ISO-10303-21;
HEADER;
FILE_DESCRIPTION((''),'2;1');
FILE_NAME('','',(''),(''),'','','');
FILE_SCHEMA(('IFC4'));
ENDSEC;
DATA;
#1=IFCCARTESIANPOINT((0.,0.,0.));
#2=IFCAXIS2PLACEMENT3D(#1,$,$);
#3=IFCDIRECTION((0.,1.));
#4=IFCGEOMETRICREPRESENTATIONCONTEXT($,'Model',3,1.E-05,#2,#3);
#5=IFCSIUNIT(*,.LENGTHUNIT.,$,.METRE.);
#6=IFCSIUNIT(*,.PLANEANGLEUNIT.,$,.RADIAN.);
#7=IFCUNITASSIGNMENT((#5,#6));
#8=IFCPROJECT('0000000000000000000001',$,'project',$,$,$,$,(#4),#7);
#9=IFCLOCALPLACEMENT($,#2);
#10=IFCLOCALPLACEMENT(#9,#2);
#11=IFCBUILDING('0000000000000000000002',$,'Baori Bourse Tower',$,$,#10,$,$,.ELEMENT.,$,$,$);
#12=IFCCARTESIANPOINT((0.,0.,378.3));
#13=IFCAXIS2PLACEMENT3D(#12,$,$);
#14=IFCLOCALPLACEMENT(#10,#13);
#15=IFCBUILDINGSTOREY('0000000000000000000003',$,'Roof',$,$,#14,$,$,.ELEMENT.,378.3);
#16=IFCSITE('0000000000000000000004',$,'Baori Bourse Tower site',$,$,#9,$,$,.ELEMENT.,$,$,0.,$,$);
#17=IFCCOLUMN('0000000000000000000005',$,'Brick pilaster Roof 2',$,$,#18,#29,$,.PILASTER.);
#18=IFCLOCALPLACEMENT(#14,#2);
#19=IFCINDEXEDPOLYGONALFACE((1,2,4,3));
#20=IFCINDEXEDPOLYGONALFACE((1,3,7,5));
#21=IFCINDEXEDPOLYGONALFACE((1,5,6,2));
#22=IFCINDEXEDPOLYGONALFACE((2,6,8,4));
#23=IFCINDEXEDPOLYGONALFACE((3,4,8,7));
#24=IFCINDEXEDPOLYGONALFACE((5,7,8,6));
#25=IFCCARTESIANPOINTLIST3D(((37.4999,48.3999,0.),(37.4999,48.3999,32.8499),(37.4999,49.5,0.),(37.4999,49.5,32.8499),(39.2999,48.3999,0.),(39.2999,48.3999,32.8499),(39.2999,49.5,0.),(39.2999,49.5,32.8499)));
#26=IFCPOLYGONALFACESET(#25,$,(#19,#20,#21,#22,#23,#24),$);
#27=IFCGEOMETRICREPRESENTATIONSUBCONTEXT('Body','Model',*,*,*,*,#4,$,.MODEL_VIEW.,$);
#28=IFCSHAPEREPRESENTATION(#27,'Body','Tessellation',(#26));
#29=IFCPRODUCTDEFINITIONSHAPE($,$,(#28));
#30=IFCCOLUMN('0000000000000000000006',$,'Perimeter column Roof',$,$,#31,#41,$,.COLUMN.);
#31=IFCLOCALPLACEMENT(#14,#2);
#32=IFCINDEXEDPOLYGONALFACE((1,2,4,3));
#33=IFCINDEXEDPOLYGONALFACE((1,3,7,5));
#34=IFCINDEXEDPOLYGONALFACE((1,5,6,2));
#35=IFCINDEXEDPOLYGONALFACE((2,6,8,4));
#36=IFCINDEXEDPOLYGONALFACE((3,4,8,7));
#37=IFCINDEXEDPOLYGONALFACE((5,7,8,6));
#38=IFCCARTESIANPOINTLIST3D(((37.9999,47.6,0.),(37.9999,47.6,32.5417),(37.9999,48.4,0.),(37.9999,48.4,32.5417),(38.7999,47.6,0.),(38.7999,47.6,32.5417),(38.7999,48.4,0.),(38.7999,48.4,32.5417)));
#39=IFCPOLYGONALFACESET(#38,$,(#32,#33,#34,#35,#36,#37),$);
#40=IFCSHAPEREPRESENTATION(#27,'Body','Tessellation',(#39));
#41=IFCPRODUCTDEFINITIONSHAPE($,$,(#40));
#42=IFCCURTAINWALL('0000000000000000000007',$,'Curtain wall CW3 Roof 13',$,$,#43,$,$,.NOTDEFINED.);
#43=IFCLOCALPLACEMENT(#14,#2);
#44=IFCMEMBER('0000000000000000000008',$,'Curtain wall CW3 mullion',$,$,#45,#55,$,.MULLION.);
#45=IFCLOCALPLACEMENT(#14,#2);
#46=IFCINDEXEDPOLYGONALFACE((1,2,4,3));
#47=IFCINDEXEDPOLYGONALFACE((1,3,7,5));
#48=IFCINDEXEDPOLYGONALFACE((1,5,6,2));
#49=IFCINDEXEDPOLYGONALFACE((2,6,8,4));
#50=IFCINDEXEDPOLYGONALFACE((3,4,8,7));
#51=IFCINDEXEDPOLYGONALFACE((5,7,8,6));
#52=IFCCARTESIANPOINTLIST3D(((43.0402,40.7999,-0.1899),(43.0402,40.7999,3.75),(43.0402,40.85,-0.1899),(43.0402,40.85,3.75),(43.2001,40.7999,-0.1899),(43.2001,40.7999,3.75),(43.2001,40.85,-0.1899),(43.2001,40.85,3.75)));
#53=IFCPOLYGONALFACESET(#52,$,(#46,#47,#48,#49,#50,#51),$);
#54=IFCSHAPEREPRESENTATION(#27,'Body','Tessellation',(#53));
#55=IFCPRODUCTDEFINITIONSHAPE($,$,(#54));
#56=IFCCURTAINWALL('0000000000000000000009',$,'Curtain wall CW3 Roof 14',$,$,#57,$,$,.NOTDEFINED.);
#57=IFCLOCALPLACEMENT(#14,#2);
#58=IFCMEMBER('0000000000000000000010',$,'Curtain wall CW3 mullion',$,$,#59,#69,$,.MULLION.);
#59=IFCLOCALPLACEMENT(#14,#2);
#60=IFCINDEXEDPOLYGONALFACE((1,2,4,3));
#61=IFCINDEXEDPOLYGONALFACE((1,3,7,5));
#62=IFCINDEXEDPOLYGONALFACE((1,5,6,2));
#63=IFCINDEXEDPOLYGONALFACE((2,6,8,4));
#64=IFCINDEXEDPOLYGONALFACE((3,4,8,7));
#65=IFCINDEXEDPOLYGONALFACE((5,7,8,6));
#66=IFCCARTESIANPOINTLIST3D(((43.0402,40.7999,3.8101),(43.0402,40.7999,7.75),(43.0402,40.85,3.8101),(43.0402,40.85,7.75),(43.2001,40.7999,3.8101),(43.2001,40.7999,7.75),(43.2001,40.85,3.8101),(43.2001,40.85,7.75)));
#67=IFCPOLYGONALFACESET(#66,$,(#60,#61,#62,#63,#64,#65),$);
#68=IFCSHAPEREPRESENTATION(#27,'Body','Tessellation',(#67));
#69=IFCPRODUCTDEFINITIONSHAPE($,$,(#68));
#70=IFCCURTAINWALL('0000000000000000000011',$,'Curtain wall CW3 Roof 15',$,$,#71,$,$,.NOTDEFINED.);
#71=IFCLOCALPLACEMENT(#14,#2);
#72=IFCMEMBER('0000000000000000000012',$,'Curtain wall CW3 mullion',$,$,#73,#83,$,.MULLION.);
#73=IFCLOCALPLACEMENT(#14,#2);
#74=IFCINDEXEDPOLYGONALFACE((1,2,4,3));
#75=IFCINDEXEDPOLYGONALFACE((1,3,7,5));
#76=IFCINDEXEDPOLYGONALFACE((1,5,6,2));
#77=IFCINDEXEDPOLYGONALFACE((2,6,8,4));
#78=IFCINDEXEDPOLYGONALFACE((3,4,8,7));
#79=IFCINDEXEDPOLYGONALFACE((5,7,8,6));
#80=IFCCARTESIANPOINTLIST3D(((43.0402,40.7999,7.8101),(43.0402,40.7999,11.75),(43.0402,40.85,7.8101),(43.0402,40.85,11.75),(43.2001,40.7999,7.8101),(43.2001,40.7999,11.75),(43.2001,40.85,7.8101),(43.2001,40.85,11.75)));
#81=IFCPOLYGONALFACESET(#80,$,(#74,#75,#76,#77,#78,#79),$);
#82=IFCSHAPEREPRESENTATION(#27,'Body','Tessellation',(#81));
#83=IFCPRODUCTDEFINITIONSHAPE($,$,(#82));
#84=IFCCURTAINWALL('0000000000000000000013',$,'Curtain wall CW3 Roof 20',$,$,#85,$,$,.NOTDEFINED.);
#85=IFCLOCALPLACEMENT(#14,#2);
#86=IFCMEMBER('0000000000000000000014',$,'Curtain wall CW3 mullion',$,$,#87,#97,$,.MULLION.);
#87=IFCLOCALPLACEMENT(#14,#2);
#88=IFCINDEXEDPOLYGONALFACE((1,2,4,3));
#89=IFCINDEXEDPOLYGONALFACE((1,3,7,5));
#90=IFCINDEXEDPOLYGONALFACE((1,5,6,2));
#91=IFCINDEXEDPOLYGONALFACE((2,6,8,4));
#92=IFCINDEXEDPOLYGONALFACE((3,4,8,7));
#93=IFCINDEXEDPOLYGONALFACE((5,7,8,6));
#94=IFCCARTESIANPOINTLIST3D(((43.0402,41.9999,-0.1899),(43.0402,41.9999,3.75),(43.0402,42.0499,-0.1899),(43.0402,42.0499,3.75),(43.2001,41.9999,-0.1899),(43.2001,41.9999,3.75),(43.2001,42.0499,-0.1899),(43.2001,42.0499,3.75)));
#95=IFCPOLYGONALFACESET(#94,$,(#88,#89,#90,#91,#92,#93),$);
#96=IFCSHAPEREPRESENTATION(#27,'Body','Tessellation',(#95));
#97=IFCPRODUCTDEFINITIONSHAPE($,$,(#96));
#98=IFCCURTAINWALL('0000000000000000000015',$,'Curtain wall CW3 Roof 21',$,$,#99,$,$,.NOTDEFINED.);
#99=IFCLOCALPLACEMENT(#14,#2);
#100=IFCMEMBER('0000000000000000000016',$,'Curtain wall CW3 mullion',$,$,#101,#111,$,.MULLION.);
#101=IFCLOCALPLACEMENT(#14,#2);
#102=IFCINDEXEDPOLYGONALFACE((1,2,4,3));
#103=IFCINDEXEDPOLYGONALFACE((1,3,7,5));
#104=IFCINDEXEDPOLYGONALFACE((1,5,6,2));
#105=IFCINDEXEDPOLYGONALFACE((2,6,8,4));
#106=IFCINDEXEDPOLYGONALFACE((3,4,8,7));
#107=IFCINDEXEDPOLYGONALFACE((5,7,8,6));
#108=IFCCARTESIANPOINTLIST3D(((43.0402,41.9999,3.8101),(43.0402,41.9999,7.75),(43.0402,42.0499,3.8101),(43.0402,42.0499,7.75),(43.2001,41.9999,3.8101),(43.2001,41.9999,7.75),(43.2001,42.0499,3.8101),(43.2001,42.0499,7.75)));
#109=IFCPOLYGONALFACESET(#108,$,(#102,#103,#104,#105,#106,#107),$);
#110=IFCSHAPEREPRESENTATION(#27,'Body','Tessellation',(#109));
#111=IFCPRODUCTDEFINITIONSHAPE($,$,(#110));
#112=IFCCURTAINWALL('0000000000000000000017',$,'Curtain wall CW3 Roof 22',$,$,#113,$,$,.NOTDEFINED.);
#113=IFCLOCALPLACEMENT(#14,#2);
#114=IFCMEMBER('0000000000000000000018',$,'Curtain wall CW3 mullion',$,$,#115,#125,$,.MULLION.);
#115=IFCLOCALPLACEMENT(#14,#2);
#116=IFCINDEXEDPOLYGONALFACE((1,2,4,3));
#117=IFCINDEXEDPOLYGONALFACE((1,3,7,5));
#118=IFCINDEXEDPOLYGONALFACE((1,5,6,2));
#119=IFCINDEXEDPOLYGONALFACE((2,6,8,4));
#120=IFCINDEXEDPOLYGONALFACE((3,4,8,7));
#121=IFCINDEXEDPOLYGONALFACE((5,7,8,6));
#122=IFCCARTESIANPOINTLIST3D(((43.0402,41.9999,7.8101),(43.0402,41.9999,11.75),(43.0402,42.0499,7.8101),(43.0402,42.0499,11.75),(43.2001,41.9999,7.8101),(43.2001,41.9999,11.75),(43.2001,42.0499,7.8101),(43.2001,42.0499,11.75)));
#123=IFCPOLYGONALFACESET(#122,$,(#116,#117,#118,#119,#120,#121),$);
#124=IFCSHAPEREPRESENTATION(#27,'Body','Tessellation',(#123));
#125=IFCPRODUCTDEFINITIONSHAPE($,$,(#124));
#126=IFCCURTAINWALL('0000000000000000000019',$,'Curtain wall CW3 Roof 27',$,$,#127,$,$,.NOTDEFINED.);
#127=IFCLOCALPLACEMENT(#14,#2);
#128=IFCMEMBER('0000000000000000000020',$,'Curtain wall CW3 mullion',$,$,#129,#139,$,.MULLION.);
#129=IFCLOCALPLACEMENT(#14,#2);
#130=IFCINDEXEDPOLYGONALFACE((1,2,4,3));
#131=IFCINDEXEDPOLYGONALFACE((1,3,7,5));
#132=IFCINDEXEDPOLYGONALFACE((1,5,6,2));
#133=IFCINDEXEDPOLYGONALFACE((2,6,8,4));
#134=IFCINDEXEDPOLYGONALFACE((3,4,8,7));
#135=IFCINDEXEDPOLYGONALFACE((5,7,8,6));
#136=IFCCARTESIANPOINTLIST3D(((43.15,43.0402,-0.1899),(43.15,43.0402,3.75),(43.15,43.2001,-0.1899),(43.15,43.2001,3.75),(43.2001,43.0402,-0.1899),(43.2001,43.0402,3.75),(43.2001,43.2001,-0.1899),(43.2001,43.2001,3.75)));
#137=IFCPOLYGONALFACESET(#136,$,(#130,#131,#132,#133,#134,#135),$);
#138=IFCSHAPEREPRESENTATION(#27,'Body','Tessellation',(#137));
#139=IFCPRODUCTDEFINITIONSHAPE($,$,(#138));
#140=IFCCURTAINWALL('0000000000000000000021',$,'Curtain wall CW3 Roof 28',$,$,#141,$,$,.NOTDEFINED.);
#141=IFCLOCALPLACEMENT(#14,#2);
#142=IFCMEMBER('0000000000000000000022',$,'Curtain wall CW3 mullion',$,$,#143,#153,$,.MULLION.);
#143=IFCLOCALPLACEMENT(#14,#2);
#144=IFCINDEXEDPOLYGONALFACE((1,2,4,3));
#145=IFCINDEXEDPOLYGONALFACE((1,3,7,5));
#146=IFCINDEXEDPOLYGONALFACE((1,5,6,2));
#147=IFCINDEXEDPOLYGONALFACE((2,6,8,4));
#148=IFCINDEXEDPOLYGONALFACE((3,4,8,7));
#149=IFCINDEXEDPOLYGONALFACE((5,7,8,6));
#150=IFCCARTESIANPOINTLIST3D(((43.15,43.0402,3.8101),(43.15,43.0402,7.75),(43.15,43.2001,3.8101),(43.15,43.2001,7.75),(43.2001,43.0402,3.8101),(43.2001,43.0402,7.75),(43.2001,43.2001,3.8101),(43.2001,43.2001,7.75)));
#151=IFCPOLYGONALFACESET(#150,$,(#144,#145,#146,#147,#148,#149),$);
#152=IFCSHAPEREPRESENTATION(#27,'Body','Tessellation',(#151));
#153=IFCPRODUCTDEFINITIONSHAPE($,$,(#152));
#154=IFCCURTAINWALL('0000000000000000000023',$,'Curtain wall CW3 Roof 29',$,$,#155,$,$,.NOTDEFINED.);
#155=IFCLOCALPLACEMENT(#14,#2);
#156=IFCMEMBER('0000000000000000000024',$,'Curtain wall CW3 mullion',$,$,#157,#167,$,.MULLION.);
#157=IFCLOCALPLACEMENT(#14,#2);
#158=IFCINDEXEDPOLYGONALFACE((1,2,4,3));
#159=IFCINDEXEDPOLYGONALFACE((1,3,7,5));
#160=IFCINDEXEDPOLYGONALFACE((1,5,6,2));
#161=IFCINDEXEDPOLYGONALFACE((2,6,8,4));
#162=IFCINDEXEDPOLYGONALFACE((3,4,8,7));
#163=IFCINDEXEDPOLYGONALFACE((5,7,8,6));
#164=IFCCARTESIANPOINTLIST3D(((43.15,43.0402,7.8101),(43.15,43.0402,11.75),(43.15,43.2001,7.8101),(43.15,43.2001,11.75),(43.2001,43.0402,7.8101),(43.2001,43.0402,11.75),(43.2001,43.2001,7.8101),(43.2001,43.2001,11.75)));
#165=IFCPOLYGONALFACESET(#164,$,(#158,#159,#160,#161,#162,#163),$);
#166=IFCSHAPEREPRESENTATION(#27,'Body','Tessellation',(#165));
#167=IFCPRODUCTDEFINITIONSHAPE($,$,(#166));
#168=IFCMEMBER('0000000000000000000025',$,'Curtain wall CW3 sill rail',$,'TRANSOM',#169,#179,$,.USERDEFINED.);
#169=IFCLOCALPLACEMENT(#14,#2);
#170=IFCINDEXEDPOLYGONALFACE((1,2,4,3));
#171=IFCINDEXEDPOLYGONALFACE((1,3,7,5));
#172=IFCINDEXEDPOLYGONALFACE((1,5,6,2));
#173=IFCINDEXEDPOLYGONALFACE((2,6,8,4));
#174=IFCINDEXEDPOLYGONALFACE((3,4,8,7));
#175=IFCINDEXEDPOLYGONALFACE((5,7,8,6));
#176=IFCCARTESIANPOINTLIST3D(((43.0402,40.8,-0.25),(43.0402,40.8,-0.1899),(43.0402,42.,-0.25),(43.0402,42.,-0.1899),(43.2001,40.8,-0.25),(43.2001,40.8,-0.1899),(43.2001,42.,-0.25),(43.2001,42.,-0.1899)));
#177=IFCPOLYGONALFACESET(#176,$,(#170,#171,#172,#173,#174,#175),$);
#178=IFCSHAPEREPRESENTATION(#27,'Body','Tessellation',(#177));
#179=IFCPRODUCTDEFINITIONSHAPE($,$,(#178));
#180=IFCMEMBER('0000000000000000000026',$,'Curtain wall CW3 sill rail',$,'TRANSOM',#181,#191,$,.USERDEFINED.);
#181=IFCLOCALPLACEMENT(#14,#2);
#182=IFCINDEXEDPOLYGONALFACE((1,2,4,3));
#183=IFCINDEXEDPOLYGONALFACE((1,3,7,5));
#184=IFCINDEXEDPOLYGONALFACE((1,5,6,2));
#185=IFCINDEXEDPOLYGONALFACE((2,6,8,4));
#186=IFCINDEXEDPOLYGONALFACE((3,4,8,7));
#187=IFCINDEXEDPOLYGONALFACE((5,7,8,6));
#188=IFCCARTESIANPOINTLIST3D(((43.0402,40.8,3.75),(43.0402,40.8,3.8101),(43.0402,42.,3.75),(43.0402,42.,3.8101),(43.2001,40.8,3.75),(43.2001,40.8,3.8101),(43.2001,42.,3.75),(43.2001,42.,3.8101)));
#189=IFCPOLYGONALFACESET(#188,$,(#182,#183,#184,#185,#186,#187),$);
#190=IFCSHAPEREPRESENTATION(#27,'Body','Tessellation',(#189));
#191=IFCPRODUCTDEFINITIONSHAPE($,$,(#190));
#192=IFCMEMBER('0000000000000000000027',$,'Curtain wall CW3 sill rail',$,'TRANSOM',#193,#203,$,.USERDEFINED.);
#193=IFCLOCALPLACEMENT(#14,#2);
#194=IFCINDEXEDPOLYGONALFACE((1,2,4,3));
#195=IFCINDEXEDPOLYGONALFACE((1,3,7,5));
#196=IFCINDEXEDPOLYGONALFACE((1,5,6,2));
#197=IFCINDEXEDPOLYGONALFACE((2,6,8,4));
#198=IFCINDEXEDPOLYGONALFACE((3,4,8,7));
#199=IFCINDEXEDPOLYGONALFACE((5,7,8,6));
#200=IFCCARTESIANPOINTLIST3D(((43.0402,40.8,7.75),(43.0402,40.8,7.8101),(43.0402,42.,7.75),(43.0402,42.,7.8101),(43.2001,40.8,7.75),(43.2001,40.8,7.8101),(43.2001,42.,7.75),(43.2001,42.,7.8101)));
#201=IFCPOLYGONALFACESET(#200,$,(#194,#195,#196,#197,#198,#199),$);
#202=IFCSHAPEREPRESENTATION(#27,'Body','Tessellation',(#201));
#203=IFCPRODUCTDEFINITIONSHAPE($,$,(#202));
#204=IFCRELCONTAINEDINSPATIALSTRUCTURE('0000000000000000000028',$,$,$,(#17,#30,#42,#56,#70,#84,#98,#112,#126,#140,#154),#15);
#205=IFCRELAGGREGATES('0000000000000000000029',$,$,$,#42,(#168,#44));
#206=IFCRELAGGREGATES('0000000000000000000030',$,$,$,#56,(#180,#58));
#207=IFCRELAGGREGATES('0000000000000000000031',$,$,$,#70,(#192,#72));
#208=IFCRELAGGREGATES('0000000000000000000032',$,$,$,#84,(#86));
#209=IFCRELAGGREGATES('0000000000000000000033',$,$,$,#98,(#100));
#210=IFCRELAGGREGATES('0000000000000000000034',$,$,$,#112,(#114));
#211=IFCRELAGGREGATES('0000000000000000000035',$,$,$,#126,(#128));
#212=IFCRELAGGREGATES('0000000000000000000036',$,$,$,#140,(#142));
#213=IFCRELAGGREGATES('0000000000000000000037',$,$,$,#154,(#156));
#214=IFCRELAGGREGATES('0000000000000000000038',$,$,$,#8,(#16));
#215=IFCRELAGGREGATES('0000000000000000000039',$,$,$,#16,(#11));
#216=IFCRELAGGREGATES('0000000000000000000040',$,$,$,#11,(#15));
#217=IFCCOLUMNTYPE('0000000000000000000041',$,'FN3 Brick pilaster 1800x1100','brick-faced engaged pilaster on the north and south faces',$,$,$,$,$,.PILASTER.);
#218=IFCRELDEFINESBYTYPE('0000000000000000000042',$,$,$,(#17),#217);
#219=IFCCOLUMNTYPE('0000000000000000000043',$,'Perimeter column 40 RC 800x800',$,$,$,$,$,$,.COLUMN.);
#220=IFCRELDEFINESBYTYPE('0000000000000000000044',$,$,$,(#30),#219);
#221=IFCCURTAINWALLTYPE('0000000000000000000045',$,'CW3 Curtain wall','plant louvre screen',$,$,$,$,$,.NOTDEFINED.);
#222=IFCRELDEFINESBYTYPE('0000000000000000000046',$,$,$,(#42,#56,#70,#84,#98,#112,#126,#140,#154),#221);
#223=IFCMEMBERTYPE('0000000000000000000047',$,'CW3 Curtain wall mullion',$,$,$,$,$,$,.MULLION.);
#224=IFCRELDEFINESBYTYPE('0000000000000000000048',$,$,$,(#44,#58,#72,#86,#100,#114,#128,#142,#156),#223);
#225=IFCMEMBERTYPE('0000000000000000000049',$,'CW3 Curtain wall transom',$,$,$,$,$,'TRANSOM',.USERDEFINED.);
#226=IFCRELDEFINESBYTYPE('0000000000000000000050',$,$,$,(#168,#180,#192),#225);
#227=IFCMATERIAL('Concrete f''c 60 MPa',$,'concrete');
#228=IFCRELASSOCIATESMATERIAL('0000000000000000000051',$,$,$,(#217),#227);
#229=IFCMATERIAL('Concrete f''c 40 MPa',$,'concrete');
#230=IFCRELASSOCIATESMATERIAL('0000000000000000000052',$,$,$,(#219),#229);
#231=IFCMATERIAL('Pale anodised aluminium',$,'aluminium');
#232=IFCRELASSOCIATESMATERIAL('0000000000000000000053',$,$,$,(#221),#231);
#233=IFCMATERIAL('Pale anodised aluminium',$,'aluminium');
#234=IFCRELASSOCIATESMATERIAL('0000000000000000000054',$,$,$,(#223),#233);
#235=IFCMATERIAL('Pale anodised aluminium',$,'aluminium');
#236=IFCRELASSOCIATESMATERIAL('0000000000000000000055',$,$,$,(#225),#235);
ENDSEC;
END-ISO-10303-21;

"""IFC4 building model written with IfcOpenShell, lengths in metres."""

from ifc_helpers import new_model, si_unit, direction, frame, origin, origin_2d, place, context, subcontext, project, spatial, rectangle, extrude, material, material_profile, profile_set, type_object, element, aggregate, save


model = new_model("IFC4")

# Units and contexts
model_context = context("Model", 3, precision=1e-05, world=origin(), true_north=direction((0.0, 1.0)))
body_context = subcontext(model_context, "Body", "Model", "MODEL_VIEW")
ifc_project = project(units=[si_unit("LENGTHUNIT", "METRE"), si_unit("PLANEANGLEUNIT", "RADIAN")], contexts=[model_context])

# Site, building, storey
site_placement = place(None, origin())
site = spatial("IfcSite", under=ifc_project, at=site_placement, Name="Baori Bourse Tower site", CompositionType="ELEMENT", RefElevation=0.0)
building_placement = place(site_placement, origin())
building = spatial("IfcBuilding", under=site, at=building_placement, Name="Baori Bourse Tower", CompositionType="ELEMENT")
storey_placement = place(building_placement, frame((0.0, 0.0, 378.3)))
storey = spatial("IfcBuildingStorey", under=building, at=storey_placement, Name="Roof", CompositionType="ELEMENT", Elevation=378.3)

# Columns
ifc_material_1 = material(Name="Concrete f'c 60 MPa", Category="concrete")
ifc_material_profile_1 = material_profile(ifc_material_1, rectangle(XDim=1.8, YDim=1.1001, at=origin_2d()), Name="RC 1800x1100")
ifc_profile_set_1 = profile_set([ifc_material_profile_1], Name="Concrete f'c 60 MPa")
column_type_1 = type_object("IfcColumnType", Name="FN3 Brick pilaster 1800x1100", Description="brick-faced engaged pilaster on the north and south faces", PredefinedType="PILASTER", material=ifc_profile_set_1)
column_1_placement = place(storey_placement, frame((38.3999, 48.95, 0.0), z_axis=(0.0, 0.0, 1.0), x_axis=(1.0, 0.0, 0.0)))
element("IfcColumn", 1, at=column_1_placement, inside=storey, type_object=column_type_1, Name="Brick pilaster Roof 2", PredefinedType="PILASTER", context=body_context, shape_type="SweptSolid", body=[
    extrude(rectangle(XDim=1.8, YDim=1.1001, at=origin_2d()), origin(), (0.0, 0.0, 1.0), 32.8499),
])
ifc_material_2 = material(Name="Concrete f'c 40 MPa", Category="concrete")
ifc_material_profile_2 = material_profile(ifc_material_2, rectangle(XDim=0.8, YDim=0.8, at=origin_2d()), Name="RC 800x800")
ifc_profile_set_2 = profile_set([ifc_material_profile_2], Name="Concrete f'c 40 MPa")
column_type_2 = type_object("IfcColumnType", Name="Perimeter column 40 RC 800x800", PredefinedType="COLUMN", material=ifc_profile_set_2)
column_2_placement = place(storey_placement, frame((38.3999, 48.0, 0.0), z_axis=(0.0, 0.0, 1.0), x_axis=(1.0, 0.0, 0.0)))
element("IfcColumn", 2, at=column_2_placement, inside=storey, type_object=column_type_2, Name="Perimeter column Roof", PredefinedType="COLUMN", context=body_context, shape_type="SweptSolid", body=[
    extrude(rectangle(XDim=0.8, YDim=0.8, at=origin_2d()), origin(), (0.0, 0.0, 1.0), 32.5417),
])

# Curtain walls, members
ifc_material_3 = material(Name="Pale anodised aluminium", Category="aluminium")
curtain_wall_type = type_object("IfcCurtainWallType", Name="CW3 Curtain wall", Description="plant louvre screen", PredefinedType="NOTDEFINED", material=ifc_material_3)
curtain_wall_1_placement = place(storey_placement, origin())
curtain_wall_1 = element("IfcCurtainWall", 3, at=curtain_wall_1_placement, inside=storey, type_object=curtain_wall_type, Name="Curtain wall CW3 Roof 13", PredefinedType="NOTDEFINED")
ifc_material_4 = material(Name="Pale anodised aluminium", Category="aluminium")
ifc_material_profile_3 = material_profile(ifc_material_4, rectangle(XDim=0.1599, YDim=0.05, at=origin_2d()), Name="Mullion 50x160")
ifc_profile_set_3 = profile_set([ifc_material_profile_3], Name="Pale anodised aluminium")
member_type_1 = type_object("IfcMemberType", Name="CW3 Curtain wall mullion", PredefinedType="MULLION", material=ifc_profile_set_3)
member_1_placement = place(storey_placement, frame((43.1201, 40.825, -0.1899), z_axis=(0.0, 0.0, 1.0), x_axis=(-1.0, 0.0, 0.0)))
member_1 = element("IfcMember", 4, at=member_1_placement, type_object=member_type_1, Name="Curtain wall CW3 mullion", PredefinedType="MULLION", context=body_context, shape_type="SweptSolid", body=[
    extrude(rectangle(XDim=0.1599, YDim=0.05, at=origin_2d()), origin(), (0.0, 0.0, 1.0), 3.9399),
])
curtain_wall_2_placement = place(storey_placement, origin())
curtain_wall_2 = element("IfcCurtainWall", 5, at=curtain_wall_2_placement, inside=storey, type_object=curtain_wall_type, Name="Curtain wall CW3 Roof 14", PredefinedType="NOTDEFINED")
member_2_placement = place(storey_placement, frame((43.1201, 40.825, 3.8101), z_axis=(0.0, 0.0, 1.0), x_axis=(-1.0, 0.0, 0.0)))
member_2 = element("IfcMember", 6, at=member_2_placement, type_object=member_type_1, Name="Curtain wall CW3 mullion", PredefinedType="MULLION", context=body_context, shape_type="SweptSolid", body=[
    extrude(rectangle(XDim=0.1599, YDim=0.05, at=origin_2d()), origin(), (0.0, 0.0, 1.0), 3.9399),
])
curtain_wall_3_placement = place(storey_placement, origin())
curtain_wall_3 = element("IfcCurtainWall", 7, at=curtain_wall_3_placement, inside=storey, type_object=curtain_wall_type, Name="Curtain wall CW3 Roof 15", PredefinedType="NOTDEFINED")
member_3_placement = place(storey_placement, frame((43.1201, 40.825, 7.8101), z_axis=(0.0, 0.0, 1.0), x_axis=(-1.0, 0.0, 0.0)))
member_3 = element("IfcMember", 8, at=member_3_placement, type_object=member_type_1, Name="Curtain wall CW3 mullion", PredefinedType="MULLION", context=body_context, shape_type="SweptSolid", body=[
    extrude(rectangle(XDim=0.1599, YDim=0.05, at=origin_2d()), origin(), (0.0, 0.0, 1.0), 3.9399),
])
curtain_wall_4_placement = place(storey_placement, origin())
curtain_wall_4 = element("IfcCurtainWall", 9, at=curtain_wall_4_placement, inside=storey, type_object=curtain_wall_type, Name="Curtain wall CW3 Roof 20", PredefinedType="NOTDEFINED")
member_4_placement = place(storey_placement, frame((43.1201, 42.0249, -0.1899), z_axis=(0.0, 0.0, 1.0), x_axis=(-1.0, 0.0, 0.0)))
member_4 = element("IfcMember", 10, at=member_4_placement, type_object=member_type_1, Name="Curtain wall CW3 mullion", PredefinedType="MULLION", context=body_context, shape_type="SweptSolid", body=[
    extrude(rectangle(XDim=0.1599, YDim=0.05, at=origin_2d()), origin(), (0.0, 0.0, 1.0), 3.9399),
])
curtain_wall_5_placement = place(storey_placement, origin())
curtain_wall_5 = element("IfcCurtainWall", 11, at=curtain_wall_5_placement, inside=storey, type_object=curtain_wall_type, Name="Curtain wall CW3 Roof 21", PredefinedType="NOTDEFINED")
member_5_placement = place(storey_placement, frame((43.1201, 42.0249, 3.8101), z_axis=(0.0, 0.0, 1.0), x_axis=(-1.0, 0.0, 0.0)))
member_5 = element("IfcMember", 12, at=member_5_placement, type_object=member_type_1, Name="Curtain wall CW3 mullion", PredefinedType="MULLION", context=body_context, shape_type="SweptSolid", body=[
    extrude(rectangle(XDim=0.1599, YDim=0.05, at=origin_2d()), origin(), (0.0, 0.0, 1.0), 3.9399),
])
curtain_wall_6_placement = place(storey_placement, origin())
curtain_wall_6 = element("IfcCurtainWall", 13, at=curtain_wall_6_placement, inside=storey, type_object=curtain_wall_type, Name="Curtain wall CW3 Roof 22", PredefinedType="NOTDEFINED")
member_6_placement = place(storey_placement, frame((43.1201, 42.0249, 7.8101), z_axis=(0.0, 0.0, 1.0), x_axis=(-1.0, 0.0, 0.0)))
member_6 = element("IfcMember", 14, at=member_6_placement, type_object=member_type_1, Name="Curtain wall CW3 mullion", PredefinedType="MULLION", context=body_context, shape_type="SweptSolid", body=[
    extrude(rectangle(XDim=0.1599, YDim=0.05, at=origin_2d()), origin(), (0.0, 0.0, 1.0), 3.9399),
])
curtain_wall_7_placement = place(storey_placement, origin())
curtain_wall_7 = element("IfcCurtainWall", 15, at=curtain_wall_7_placement, inside=storey, type_object=curtain_wall_type, Name="Curtain wall CW3 Roof 27", PredefinedType="NOTDEFINED")
member_7_placement = place(storey_placement, frame((43.175, 43.1201, -0.1899), z_axis=(0.0, 0.0, 1.0), x_axis=(0.0, -1.0, 0.0)))
member_7 = element("IfcMember", 16, at=member_7_placement, type_object=member_type_1, Name="Curtain wall CW3 mullion", PredefinedType="MULLION", context=body_context, shape_type="SweptSolid", body=[
    extrude(rectangle(XDim=0.1599, YDim=0.05, at=origin_2d()), origin(), (0.0, 0.0, 1.0), 3.9399),
])
curtain_wall_8_placement = place(storey_placement, origin())
curtain_wall_8 = element("IfcCurtainWall", 17, at=curtain_wall_8_placement, inside=storey, type_object=curtain_wall_type, Name="Curtain wall CW3 Roof 28", PredefinedType="NOTDEFINED")
member_8_placement = place(storey_placement, frame((43.175, 43.1201, 3.8101), z_axis=(0.0, 0.0, 1.0), x_axis=(0.0, -1.0, 0.0)))
member_8 = element("IfcMember", 18, at=member_8_placement, type_object=member_type_1, Name="Curtain wall CW3 mullion", PredefinedType="MULLION", context=body_context, shape_type="SweptSolid", body=[
    extrude(rectangle(XDim=0.1599, YDim=0.05, at=origin_2d()), origin(), (0.0, 0.0, 1.0), 3.9399),
])
curtain_wall_9_placement = place(storey_placement, origin())
curtain_wall_9 = element("IfcCurtainWall", 19, at=curtain_wall_9_placement, inside=storey, type_object=curtain_wall_type, Name="Curtain wall CW3 Roof 29", PredefinedType="NOTDEFINED")
member_9_placement = place(storey_placement, frame((43.175, 43.1201, 7.8101), z_axis=(0.0, 0.0, 1.0), x_axis=(0.0, -1.0, 0.0)))
member_9 = element("IfcMember", 20, at=member_9_placement, type_object=member_type_1, Name="Curtain wall CW3 mullion", PredefinedType="MULLION", context=body_context, shape_type="SweptSolid", body=[
    extrude(rectangle(XDim=0.1599, YDim=0.05, at=origin_2d()), origin(), (0.0, 0.0, 1.0), 3.9399),
])

# Members
ifc_material_5 = material(Name="Pale anodised aluminium", Category="aluminium")
ifc_material_profile_4 = material_profile(ifc_material_5, rectangle(XDim=0.1599, YDim=0.0601, at=origin_2d()), Name="Transom 60x160")
ifc_profile_set_4 = profile_set([ifc_material_profile_4], Name="Pale anodised aluminium")
member_type_2 = type_object("IfcMemberType", Name="CW3 Curtain wall transom", ElementType="TRANSOM", PredefinedType="USERDEFINED", material=ifc_profile_set_4)
member_10_placement = place(storey_placement, frame((43.1201, 40.8, -0.22), z_axis=(0.0, 1.0, 0.0), x_axis=(-1.0, 0.0, 0.0)))
member_10 = element("IfcMember", 21, at=member_10_placement, type_object=member_type_2, Name="Curtain wall CW3 sill rail", ObjectType="TRANSOM", PredefinedType="USERDEFINED", context=body_context, shape_type="SweptSolid", body=[
    extrude(rectangle(XDim=0.1599, YDim=0.0601, at=origin_2d()), origin(), (0.0, 0.0, 1.0), 1.2),
])
member_11_placement = place(storey_placement, frame((43.1201, 40.8, 3.78), z_axis=(0.0, 1.0, 0.0), x_axis=(-1.0, 0.0, 0.0)))
member_11 = element("IfcMember", 22, at=member_11_placement, type_object=member_type_2, Name="Curtain wall CW3 sill rail", ObjectType="TRANSOM", PredefinedType="USERDEFINED", context=body_context, shape_type="SweptSolid", body=[
    extrude(rectangle(XDim=0.1599, YDim=0.0601, at=origin_2d()), origin(), (0.0, 0.0, 1.0), 1.2),
])
member_12_placement = place(storey_placement, frame((43.1201, 40.8, 7.78), z_axis=(0.0, 1.0, 0.0), x_axis=(-1.0, 0.0, 0.0)))
member_12 = element("IfcMember", 23, at=member_12_placement, type_object=member_type_2, Name="Curtain wall CW3 sill rail", ObjectType="TRANSOM", PredefinedType="USERDEFINED", context=body_context, shape_type="SweptSolid", body=[
    extrude(rectangle(XDim=0.1599, YDim=0.0601, at=origin_2d()), origin(), (0.0, 0.0, 1.0), 1.2),
])

aggregate(curtain_wall_1, [member_10, member_1])
aggregate(curtain_wall_2, [member_11, member_2])
aggregate(curtain_wall_3, [member_12, member_3])
aggregate(curtain_wall_4, [member_4])
aggregate(curtain_wall_5, [member_5])
aggregate(curtain_wall_6, [member_6])
aggregate(curtain_wall_7, [member_7])
aggregate(curtain_wall_8, [member_8])
aggregate(curtain_wall_9, [member_9])

save(model, "model.ifc")
